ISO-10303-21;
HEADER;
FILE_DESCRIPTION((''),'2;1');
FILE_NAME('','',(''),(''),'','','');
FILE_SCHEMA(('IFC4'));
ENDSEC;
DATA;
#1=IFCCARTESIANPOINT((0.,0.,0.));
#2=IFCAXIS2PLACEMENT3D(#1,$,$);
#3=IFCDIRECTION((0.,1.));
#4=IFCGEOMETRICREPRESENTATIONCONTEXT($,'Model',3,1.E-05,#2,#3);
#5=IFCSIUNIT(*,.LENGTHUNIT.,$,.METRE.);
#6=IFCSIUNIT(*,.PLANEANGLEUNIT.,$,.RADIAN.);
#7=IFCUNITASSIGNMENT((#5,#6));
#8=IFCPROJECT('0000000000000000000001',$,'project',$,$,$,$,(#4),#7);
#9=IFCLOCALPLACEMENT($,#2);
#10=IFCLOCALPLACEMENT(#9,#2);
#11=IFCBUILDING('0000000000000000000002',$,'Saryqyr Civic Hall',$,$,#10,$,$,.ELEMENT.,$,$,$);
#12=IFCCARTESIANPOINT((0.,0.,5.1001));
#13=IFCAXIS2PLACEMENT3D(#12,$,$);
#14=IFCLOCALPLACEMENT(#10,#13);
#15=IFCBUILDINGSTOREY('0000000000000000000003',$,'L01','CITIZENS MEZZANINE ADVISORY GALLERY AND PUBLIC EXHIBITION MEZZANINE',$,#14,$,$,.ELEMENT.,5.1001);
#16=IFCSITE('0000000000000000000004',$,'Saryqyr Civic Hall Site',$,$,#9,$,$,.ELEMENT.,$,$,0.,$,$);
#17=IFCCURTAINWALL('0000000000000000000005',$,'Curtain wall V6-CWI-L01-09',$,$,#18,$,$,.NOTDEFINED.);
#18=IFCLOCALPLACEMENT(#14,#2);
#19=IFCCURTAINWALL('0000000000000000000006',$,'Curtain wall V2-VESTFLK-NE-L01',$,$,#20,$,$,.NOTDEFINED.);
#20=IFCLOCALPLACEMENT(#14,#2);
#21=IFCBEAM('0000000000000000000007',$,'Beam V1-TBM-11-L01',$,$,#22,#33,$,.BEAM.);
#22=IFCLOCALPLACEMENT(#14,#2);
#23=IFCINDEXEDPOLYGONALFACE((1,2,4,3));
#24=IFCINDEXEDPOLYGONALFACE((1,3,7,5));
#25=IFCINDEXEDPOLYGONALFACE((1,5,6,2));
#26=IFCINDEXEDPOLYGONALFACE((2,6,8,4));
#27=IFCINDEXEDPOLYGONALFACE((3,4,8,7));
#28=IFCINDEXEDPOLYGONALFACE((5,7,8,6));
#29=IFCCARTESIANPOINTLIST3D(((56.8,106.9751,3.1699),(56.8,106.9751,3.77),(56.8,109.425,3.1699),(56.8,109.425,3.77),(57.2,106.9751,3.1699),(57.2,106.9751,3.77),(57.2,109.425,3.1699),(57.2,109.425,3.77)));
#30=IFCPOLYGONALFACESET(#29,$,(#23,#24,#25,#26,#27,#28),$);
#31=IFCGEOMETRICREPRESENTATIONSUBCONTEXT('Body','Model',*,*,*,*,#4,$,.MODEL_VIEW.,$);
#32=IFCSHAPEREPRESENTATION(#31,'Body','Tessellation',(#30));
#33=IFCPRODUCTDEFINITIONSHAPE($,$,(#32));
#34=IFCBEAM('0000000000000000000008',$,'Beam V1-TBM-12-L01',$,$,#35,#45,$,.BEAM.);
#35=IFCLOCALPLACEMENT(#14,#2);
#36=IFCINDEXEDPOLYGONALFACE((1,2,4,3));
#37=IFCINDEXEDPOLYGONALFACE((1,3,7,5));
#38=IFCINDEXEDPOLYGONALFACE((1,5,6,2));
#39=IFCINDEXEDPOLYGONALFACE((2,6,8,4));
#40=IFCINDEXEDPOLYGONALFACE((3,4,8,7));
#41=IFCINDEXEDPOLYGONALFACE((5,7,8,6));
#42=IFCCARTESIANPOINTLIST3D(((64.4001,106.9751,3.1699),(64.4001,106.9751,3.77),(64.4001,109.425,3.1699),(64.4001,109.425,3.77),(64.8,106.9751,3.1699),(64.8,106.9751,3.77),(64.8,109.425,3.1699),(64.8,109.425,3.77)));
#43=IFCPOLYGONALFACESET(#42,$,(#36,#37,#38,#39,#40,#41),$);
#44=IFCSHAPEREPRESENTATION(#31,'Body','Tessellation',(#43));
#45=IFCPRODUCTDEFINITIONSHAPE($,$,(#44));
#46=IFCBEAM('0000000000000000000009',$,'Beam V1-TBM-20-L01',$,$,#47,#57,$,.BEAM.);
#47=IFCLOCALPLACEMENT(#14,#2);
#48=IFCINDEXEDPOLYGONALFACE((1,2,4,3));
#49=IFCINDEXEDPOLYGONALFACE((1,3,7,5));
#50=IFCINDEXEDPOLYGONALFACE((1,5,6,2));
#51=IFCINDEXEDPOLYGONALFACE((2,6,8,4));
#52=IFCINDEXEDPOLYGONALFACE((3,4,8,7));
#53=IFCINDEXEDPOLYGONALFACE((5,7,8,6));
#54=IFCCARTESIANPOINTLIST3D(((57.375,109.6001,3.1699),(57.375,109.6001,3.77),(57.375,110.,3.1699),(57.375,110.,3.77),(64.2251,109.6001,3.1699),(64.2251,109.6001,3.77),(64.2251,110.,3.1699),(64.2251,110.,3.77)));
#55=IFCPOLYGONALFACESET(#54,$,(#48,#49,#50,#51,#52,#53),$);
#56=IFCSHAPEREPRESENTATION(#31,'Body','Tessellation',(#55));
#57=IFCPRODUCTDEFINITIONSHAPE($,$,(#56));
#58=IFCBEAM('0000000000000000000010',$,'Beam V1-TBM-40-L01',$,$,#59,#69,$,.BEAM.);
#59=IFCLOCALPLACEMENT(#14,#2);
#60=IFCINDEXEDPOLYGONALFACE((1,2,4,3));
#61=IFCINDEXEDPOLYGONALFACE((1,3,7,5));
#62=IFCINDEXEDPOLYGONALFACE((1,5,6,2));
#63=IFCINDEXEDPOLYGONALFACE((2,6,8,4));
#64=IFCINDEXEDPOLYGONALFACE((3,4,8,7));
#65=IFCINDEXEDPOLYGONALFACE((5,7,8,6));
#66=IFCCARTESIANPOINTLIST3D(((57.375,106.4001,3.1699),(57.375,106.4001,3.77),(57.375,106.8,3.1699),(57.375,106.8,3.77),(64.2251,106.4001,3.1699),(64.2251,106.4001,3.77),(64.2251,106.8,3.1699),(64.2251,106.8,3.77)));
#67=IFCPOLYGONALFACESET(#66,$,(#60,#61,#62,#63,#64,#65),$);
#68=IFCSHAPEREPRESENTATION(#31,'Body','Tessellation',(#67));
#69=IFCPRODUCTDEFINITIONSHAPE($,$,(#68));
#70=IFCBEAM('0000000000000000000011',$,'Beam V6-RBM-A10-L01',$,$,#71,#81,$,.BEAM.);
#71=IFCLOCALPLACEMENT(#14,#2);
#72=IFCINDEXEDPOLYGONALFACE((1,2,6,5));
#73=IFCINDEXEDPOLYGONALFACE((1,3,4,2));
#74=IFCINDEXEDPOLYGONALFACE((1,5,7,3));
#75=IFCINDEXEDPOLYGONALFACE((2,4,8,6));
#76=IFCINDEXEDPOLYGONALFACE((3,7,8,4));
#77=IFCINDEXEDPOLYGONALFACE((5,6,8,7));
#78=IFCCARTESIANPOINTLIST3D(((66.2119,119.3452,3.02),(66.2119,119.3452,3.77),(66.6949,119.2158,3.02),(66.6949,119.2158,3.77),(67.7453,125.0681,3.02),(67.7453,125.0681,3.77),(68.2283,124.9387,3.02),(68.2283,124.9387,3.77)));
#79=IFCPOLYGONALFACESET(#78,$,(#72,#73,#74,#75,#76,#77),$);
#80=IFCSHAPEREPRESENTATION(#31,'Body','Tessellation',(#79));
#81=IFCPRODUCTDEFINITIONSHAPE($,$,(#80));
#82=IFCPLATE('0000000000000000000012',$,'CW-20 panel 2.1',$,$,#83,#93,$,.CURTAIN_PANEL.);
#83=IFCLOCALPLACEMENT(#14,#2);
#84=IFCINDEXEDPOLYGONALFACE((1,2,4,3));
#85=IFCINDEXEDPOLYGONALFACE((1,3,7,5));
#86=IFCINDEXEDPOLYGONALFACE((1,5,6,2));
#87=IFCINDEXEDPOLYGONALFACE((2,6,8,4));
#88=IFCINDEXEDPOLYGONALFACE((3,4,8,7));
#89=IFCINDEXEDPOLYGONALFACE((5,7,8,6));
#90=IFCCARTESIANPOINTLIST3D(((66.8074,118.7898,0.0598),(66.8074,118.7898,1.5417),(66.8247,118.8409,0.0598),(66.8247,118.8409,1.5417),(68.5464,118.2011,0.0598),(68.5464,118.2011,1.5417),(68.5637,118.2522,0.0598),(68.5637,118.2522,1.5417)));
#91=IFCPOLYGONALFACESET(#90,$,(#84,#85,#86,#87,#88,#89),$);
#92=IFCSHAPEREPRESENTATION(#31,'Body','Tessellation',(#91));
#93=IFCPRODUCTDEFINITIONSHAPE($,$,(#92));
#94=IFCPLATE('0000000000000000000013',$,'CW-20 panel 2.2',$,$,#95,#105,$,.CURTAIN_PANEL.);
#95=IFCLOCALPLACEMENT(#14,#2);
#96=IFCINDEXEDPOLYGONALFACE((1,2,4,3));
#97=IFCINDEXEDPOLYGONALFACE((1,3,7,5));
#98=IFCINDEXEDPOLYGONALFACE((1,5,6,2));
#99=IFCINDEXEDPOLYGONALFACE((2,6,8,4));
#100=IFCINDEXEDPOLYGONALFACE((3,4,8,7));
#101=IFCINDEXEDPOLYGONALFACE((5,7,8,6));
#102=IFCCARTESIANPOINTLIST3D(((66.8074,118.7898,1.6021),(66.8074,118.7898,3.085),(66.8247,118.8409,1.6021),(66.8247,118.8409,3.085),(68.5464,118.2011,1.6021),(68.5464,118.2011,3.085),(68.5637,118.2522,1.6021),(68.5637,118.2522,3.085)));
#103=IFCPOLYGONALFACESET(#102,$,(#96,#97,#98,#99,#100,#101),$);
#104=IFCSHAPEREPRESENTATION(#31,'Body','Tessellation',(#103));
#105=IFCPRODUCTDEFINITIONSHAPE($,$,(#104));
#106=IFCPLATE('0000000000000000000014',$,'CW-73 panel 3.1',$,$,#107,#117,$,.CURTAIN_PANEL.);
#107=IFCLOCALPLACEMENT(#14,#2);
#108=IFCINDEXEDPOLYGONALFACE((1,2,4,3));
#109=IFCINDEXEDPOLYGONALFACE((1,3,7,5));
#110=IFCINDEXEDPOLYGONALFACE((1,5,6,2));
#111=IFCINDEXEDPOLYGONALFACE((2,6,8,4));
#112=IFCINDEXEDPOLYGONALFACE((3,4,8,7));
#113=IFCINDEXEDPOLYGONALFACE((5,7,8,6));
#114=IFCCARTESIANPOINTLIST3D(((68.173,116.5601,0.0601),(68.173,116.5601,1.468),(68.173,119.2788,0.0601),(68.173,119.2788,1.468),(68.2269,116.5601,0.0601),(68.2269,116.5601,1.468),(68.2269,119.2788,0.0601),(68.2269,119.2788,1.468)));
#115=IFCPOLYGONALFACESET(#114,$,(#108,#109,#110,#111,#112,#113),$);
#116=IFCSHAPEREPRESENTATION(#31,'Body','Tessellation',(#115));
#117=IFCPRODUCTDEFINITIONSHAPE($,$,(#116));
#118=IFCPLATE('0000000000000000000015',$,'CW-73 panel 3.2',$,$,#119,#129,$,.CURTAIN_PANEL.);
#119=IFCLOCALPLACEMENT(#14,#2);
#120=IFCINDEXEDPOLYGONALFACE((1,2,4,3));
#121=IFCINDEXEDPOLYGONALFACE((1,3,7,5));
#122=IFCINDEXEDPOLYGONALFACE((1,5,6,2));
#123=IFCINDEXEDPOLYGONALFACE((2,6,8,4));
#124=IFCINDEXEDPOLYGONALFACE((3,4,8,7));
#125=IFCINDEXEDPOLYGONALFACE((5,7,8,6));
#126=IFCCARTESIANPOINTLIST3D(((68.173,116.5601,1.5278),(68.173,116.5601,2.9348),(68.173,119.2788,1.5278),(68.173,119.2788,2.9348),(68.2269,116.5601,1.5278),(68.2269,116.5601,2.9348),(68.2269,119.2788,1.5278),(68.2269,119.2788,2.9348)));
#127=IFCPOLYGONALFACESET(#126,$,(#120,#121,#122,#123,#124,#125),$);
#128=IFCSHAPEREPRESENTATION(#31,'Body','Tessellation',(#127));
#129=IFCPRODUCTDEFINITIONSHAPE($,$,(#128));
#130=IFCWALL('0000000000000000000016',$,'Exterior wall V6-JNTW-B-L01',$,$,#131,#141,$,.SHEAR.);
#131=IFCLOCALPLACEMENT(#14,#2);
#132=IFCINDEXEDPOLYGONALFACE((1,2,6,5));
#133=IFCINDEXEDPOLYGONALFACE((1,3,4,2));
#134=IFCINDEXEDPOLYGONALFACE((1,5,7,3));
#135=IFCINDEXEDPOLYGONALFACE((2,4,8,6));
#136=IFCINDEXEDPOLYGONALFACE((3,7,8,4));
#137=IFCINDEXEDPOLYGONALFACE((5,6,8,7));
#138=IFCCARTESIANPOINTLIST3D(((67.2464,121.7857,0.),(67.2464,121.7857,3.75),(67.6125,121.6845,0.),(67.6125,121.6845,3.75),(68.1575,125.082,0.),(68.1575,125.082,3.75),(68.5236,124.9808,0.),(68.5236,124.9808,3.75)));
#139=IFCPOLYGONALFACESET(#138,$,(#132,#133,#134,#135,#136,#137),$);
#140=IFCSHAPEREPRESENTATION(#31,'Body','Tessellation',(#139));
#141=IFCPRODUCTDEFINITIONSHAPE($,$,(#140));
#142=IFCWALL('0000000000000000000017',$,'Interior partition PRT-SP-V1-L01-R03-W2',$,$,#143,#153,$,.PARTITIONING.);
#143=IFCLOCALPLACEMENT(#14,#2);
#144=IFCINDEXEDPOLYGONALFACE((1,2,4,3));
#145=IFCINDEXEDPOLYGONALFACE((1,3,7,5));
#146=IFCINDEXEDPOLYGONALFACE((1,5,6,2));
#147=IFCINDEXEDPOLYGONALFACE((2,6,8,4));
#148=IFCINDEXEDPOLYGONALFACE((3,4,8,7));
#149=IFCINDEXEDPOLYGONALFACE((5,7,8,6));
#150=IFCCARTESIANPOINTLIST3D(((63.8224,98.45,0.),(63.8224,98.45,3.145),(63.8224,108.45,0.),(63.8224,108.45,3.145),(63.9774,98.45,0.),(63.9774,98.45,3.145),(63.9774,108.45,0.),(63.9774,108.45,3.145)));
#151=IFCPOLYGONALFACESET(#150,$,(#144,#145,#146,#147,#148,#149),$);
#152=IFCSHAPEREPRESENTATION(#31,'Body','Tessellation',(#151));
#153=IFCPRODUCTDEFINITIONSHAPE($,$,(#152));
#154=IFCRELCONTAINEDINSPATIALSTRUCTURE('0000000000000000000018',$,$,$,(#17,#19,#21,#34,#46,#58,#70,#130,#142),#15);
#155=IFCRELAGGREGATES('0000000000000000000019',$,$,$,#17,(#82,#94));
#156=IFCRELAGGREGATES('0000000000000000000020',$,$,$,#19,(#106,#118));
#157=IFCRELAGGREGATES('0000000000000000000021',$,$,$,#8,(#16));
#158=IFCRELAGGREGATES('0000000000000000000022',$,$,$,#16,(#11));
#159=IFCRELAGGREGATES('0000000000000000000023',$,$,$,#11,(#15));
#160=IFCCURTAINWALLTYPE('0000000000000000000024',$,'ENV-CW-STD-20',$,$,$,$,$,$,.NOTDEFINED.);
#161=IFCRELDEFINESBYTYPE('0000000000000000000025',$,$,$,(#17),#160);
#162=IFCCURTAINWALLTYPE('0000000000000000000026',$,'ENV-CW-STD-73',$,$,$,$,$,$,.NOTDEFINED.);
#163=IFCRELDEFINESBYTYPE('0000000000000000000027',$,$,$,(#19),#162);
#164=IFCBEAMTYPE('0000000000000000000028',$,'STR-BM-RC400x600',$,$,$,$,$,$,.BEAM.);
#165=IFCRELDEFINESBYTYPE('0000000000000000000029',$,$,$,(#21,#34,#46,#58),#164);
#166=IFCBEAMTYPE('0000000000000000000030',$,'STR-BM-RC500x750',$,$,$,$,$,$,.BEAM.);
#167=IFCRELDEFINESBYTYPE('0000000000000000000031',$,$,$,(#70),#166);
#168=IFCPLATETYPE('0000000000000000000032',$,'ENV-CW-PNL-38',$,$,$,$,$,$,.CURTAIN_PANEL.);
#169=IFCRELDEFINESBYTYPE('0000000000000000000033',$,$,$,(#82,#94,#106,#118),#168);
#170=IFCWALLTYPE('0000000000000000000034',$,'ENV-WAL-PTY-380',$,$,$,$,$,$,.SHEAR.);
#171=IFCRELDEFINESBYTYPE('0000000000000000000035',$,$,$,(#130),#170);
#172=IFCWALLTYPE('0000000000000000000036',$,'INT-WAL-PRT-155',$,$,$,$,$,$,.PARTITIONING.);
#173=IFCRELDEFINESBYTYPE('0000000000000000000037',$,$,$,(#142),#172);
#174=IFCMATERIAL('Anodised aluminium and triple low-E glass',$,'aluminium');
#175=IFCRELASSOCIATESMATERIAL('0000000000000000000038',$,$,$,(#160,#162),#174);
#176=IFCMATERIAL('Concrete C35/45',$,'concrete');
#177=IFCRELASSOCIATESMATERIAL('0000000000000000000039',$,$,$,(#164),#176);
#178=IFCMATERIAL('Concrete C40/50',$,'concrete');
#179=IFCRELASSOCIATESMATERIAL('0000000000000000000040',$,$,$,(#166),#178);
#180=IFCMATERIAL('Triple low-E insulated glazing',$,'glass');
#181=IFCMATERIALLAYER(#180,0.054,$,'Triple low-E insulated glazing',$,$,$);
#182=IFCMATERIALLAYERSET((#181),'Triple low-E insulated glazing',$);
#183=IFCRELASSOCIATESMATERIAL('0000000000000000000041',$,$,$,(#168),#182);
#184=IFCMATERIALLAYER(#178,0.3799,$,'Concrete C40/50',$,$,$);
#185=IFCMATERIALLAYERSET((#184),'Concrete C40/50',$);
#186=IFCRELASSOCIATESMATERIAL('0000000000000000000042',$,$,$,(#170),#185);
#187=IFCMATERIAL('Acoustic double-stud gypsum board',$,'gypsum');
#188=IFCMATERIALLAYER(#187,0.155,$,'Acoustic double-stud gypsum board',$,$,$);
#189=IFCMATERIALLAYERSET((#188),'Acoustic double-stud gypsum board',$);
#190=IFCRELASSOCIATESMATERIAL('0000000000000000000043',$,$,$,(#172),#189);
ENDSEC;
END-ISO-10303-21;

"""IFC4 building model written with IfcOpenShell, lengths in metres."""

from ifc_helpers import new_model, si_unit, direction, frame, frame_2d, origin, origin_2d, place, context, subcontext, project, spatial, rectangle, extrude, material, layer, layer_set, material_profile, profile_set, type_object, element, aggregate, save


model = new_model("IFC4")

# Units and contexts
model_context = context("Model", 3, precision=1e-05, world=origin(), true_north=direction((0.0, 1.0)))
body_context = subcontext(model_context, "Body", "Model", "MODEL_VIEW")
ifc_project = project(units=[si_unit("LENGTHUNIT", "METRE"), si_unit("PLANEANGLEUNIT", "RADIAN")], contexts=[model_context])

# Site, building, storey
site_placement = place(None, origin())
site = spatial("IfcSite", under=ifc_project, at=site_placement, Name="Saryqyr Civic Hall Site", CompositionType="ELEMENT", RefElevation=0.0)
building_placement = place(site_placement, origin())
building = spatial("IfcBuilding", under=site, at=building_placement, Name="Saryqyr Civic Hall", CompositionType="ELEMENT")
storey_placement = place(building_placement, frame((0.0, 0.0, 5.1001)))
storey = spatial("IfcBuildingStorey", under=building, at=storey_placement, Name="L01", Description="CITIZENS MEZZANINE ADVISORY GALLERY AND PUBLIC EXHIBITION MEZZANINE", CompositionType="ELEMENT", Elevation=5.1001)

# Shared definitions
ifc_material_1 = material(Name="Concrete C40/50", Category="concrete")

# Curtain walls
ifc_material_2 = material(Name="Anodised aluminium and triple low-E glass", Category="aluminium")
curtain_wall_type_1 = type_object("IfcCurtainWallType", Name="ENV-CW-STD-20", PredefinedType="NOTDEFINED", material=ifc_material_2)
curtain_wall_1_placement = place(storey_placement, origin())
curtain_wall_1 = element("IfcCurtainWall", 1, at=curtain_wall_1_placement, inside=storey, type_object=curtain_wall_type_1, Name="Curtain wall V6-CWI-L01-09", PredefinedType="NOTDEFINED")
curtain_wall_type_2 = type_object("IfcCurtainWallType", Name="ENV-CW-STD-73", PredefinedType="NOTDEFINED", material=ifc_material_2)
curtain_wall_2_placement = place(storey_placement, origin())
curtain_wall_2 = element("IfcCurtainWall", 2, at=curtain_wall_2_placement, inside=storey, type_object=curtain_wall_type_2, Name="Curtain wall V2-VESTFLK-NE-L01", PredefinedType="NOTDEFINED")

# Beams
ifc_material_3 = material(Name="Concrete C35/45", Category="concrete")
ifc_material_profile_1 = material_profile(ifc_material_3, rectangle(XDim=0.3999, YDim=0.6001, at=origin_2d()), Name="RC 400x600")
ifc_profile_set_1 = profile_set([ifc_material_profile_1], Name="Concrete C35/45")
beam_type_1 = type_object("IfcBeamType", Name="STR-BM-RC400x600", PredefinedType="BEAM", material=ifc_profile_set_1)
for number, where, z_axis, x_axis, name in (
    (3, (57.0, 106.9751, 3.47), (0.0, 1.0, 0.0), (-1.0, 0.0, 0.0), "Beam V1-TBM-11-L01"),
    (4, (64.6001, 106.9751, 3.47), (0.0, 1.0, 0.0), (-1.0, 0.0, 0.0), "Beam V1-TBM-12-L01"),
):
    element("IfcBeam", number, at=place(storey_placement, frame(where, z_axis=z_axis, x_axis=x_axis)), inside=storey, type_object=beam_type_1, Name=name, PredefinedType="BEAM", context=body_context, shape_type="SweptSolid", body=[
        extrude(rectangle(XDim=0.3999, YDim=0.6001, at=origin_2d()), origin(), (0.0, 0.0, 1.0), 2.45),
    ])
for number, where, z_axis, x_axis, name in (
    (5, (57.375, 109.8, 3.47), (1.0, 0.0, 0.0), (0.0, 1.0, 0.0), "Beam V1-TBM-20-L01"),
    (6, (57.375, 106.6001, 3.47), (1.0, 0.0, 0.0), (0.0, 1.0, 0.0), "Beam V1-TBM-40-L01"),
):
    element("IfcBeam", number, at=place(storey_placement, frame(where, z_axis=z_axis, x_axis=x_axis)), inside=storey, type_object=beam_type_1, Name=name, PredefinedType="BEAM", context=body_context, shape_type="SweptSolid", body=[
        extrude(rectangle(XDim=0.3999, YDim=0.6001, at=origin_2d()), origin(), (0.0, 0.0, 1.0), 6.8501),
    ])
ifc_material_profile_2 = material_profile(ifc_material_1, rectangle(XDim=0.5, YDim=0.75, at=origin_2d()), Name="RC 500x750")
ifc_profile_set_2 = profile_set([ifc_material_profile_2], Name="Concrete C40/50")
beam_type_2 = type_object("IfcBeamType", Name="STR-BM-RC500x750", PredefinedType="BEAM", material=ifc_profile_set_2)
beam_placement = place(storey_placement, frame((66.4534, 119.2805, 3.395), z_axis=(0.258819, 0.965926, 0.0), x_axis=(-0.965926, 0.258819, 0.0)))
element("IfcBeam", 7, at=beam_placement, inside=storey, type_object=beam_type_2, Name="Beam V6-RBM-A10-L01", PredefinedType="BEAM", context=body_context, shape_type="SweptSolid", body=[
    extrude(rectangle(XDim=0.5, YDim=0.75, at=origin_2d()), origin(), (0.0, 0.0, 1.0), 5.9248),
])

# Plates
ifc_material_4 = material(Name="Triple low-E insulated glazing", Category="glass")
ifc_layer_1 = layer(ifc_material_4, 0.054, Name="Triple low-E insulated glazing")
ifc_layer_set_1 = layer_set([ifc_layer_1], Name="Triple low-E insulated glazing")
plate_type = type_object("IfcPlateType", Name="ENV-CW-PNL-38", PredefinedType="CURTAIN_PANEL", material=ifc_layer_set_1)
plate_1_placement = place(storey_placement, frame((67.6855, 118.521, 0.0598), z_axis=(0.0, 0.0, 1.0), x_axis=(-0.947198, 0.320648, 0.0)))
plate_1 = element("IfcPlate", 8, at=plate_1_placement, type_object=plate_type, Name="CW-20 panel 2.1", PredefinedType="CURTAIN_PANEL", context=body_context, shape_type="SweptSolid", body=[
    extrude(rectangle(XDim=1.8359, YDim=0.054, at=origin_2d()), origin(), (0.0, 0.0, 1.0), 1.4819),
])
plate_2_placement = place(storey_placement, frame((67.6855, 118.521, 1.6021), z_axis=(0.0, 0.0, 1.0), x_axis=(-0.947198, 0.320648, 0.0)))
plate_2 = element("IfcPlate", 9, at=plate_2_placement, type_object=plate_type, Name="CW-20 panel 2.2", PredefinedType="CURTAIN_PANEL", context=body_context, shape_type="SweptSolid", body=[
    extrude(rectangle(XDim=1.8359, YDim=0.054, at=origin_2d()), origin(), (0.0, 0.0, 1.0), 1.4829),
])
aggregate(curtain_wall_1, [plate_1, plate_2])
plate_3_placement = place(storey_placement, frame((68.2, 117.9194, 0.0601), z_axis=(0.0, 0.0, 1.0), x_axis=(0.0, -1.0, 0.0)))
plate_3 = element("IfcPlate", 10, at=plate_3_placement, type_object=plate_type, Name="CW-73 panel 3.1", PredefinedType="CURTAIN_PANEL", context=body_context, shape_type="SweptSolid", body=[
    extrude(rectangle(XDim=2.7188, YDim=0.054, at=origin_2d()), origin(), (0.0, 0.0, 1.0), 1.408),
])
plate_4_placement = place(storey_placement, frame((68.2, 117.9194, 1.5278), z_axis=(0.0, 0.0, 1.0), x_axis=(0.0, -1.0, 0.0)))
plate_4 = element("IfcPlate", 11, at=plate_4_placement, type_object=plate_type, Name="CW-73 panel 3.2", PredefinedType="CURTAIN_PANEL", context=body_context, shape_type="SweptSolid", body=[
    extrude(rectangle(XDim=2.7188, YDim=0.054, at=origin_2d()), origin(), (0.0, 0.0, 1.0), 1.407),
])
aggregate(curtain_wall_2, [plate_3, plate_4])

# Walls
ifc_layer_2 = layer(ifc_material_1, 0.3799, Name="Concrete C40/50")
ifc_layer_set_2 = layer_set([ifc_layer_2], Name="Concrete C40/50")
wall_type_1 = type_object("IfcWallType", Name="ENV-WAL-PTY-380", PredefinedType="SHEAR", material=ifc_layer_set_2)
wall_1_placement = place(storey_placement, frame((67.4294, 121.7351, 0.0), z_axis=(0.0, 0.0, 1.0), x_axis=(0.266414, 0.963859, 0.0)))
element("IfcWall", 12, at=wall_1_placement, inside=storey, type_object=wall_type_1, Name="Exterior wall V6-JNTW-B-L01", PredefinedType="SHEAR", context=body_context, shape_type="SweptSolid", body=[
    extrude(rectangle(XDim=3.4199, YDim=0.3799, at=frame_2d((1.71, 0.0))), origin(), (0.0, 0.0, 1.0), 3.75),
])
ifc_material_5 = material(Name="Acoustic double-stud gypsum board", Category="gypsum")
ifc_layer_3 = layer(ifc_material_5, 0.155, Name="Acoustic double-stud gypsum board")
ifc_layer_set_3 = layer_set([ifc_layer_3], Name="Acoustic double-stud gypsum board")
wall_type_2 = type_object("IfcWallType", Name="INT-WAL-PRT-155", PredefinedType="PARTITIONING", material=ifc_layer_set_3)
wall_2_placement = place(storey_placement, frame((63.8999, 108.45, 0.0), z_axis=(0.0, 0.0, 1.0), x_axis=(0.0, -1.0, 0.0)))
element("IfcWall", 13, at=wall_2_placement, inside=storey, type_object=wall_type_2, Name="Interior partition PRT-SP-V1-L01-R03-W2", PredefinedType="PARTITIONING", context=body_context, shape_type="SweptSolid", body=[
    extrude(rectangle(XDim=10.0, YDim=0.155, at=frame_2d((5.0, 0.0))), origin(), (0.0, 0.0, 1.0), 3.145),
])

save(model, "model.ifc")
